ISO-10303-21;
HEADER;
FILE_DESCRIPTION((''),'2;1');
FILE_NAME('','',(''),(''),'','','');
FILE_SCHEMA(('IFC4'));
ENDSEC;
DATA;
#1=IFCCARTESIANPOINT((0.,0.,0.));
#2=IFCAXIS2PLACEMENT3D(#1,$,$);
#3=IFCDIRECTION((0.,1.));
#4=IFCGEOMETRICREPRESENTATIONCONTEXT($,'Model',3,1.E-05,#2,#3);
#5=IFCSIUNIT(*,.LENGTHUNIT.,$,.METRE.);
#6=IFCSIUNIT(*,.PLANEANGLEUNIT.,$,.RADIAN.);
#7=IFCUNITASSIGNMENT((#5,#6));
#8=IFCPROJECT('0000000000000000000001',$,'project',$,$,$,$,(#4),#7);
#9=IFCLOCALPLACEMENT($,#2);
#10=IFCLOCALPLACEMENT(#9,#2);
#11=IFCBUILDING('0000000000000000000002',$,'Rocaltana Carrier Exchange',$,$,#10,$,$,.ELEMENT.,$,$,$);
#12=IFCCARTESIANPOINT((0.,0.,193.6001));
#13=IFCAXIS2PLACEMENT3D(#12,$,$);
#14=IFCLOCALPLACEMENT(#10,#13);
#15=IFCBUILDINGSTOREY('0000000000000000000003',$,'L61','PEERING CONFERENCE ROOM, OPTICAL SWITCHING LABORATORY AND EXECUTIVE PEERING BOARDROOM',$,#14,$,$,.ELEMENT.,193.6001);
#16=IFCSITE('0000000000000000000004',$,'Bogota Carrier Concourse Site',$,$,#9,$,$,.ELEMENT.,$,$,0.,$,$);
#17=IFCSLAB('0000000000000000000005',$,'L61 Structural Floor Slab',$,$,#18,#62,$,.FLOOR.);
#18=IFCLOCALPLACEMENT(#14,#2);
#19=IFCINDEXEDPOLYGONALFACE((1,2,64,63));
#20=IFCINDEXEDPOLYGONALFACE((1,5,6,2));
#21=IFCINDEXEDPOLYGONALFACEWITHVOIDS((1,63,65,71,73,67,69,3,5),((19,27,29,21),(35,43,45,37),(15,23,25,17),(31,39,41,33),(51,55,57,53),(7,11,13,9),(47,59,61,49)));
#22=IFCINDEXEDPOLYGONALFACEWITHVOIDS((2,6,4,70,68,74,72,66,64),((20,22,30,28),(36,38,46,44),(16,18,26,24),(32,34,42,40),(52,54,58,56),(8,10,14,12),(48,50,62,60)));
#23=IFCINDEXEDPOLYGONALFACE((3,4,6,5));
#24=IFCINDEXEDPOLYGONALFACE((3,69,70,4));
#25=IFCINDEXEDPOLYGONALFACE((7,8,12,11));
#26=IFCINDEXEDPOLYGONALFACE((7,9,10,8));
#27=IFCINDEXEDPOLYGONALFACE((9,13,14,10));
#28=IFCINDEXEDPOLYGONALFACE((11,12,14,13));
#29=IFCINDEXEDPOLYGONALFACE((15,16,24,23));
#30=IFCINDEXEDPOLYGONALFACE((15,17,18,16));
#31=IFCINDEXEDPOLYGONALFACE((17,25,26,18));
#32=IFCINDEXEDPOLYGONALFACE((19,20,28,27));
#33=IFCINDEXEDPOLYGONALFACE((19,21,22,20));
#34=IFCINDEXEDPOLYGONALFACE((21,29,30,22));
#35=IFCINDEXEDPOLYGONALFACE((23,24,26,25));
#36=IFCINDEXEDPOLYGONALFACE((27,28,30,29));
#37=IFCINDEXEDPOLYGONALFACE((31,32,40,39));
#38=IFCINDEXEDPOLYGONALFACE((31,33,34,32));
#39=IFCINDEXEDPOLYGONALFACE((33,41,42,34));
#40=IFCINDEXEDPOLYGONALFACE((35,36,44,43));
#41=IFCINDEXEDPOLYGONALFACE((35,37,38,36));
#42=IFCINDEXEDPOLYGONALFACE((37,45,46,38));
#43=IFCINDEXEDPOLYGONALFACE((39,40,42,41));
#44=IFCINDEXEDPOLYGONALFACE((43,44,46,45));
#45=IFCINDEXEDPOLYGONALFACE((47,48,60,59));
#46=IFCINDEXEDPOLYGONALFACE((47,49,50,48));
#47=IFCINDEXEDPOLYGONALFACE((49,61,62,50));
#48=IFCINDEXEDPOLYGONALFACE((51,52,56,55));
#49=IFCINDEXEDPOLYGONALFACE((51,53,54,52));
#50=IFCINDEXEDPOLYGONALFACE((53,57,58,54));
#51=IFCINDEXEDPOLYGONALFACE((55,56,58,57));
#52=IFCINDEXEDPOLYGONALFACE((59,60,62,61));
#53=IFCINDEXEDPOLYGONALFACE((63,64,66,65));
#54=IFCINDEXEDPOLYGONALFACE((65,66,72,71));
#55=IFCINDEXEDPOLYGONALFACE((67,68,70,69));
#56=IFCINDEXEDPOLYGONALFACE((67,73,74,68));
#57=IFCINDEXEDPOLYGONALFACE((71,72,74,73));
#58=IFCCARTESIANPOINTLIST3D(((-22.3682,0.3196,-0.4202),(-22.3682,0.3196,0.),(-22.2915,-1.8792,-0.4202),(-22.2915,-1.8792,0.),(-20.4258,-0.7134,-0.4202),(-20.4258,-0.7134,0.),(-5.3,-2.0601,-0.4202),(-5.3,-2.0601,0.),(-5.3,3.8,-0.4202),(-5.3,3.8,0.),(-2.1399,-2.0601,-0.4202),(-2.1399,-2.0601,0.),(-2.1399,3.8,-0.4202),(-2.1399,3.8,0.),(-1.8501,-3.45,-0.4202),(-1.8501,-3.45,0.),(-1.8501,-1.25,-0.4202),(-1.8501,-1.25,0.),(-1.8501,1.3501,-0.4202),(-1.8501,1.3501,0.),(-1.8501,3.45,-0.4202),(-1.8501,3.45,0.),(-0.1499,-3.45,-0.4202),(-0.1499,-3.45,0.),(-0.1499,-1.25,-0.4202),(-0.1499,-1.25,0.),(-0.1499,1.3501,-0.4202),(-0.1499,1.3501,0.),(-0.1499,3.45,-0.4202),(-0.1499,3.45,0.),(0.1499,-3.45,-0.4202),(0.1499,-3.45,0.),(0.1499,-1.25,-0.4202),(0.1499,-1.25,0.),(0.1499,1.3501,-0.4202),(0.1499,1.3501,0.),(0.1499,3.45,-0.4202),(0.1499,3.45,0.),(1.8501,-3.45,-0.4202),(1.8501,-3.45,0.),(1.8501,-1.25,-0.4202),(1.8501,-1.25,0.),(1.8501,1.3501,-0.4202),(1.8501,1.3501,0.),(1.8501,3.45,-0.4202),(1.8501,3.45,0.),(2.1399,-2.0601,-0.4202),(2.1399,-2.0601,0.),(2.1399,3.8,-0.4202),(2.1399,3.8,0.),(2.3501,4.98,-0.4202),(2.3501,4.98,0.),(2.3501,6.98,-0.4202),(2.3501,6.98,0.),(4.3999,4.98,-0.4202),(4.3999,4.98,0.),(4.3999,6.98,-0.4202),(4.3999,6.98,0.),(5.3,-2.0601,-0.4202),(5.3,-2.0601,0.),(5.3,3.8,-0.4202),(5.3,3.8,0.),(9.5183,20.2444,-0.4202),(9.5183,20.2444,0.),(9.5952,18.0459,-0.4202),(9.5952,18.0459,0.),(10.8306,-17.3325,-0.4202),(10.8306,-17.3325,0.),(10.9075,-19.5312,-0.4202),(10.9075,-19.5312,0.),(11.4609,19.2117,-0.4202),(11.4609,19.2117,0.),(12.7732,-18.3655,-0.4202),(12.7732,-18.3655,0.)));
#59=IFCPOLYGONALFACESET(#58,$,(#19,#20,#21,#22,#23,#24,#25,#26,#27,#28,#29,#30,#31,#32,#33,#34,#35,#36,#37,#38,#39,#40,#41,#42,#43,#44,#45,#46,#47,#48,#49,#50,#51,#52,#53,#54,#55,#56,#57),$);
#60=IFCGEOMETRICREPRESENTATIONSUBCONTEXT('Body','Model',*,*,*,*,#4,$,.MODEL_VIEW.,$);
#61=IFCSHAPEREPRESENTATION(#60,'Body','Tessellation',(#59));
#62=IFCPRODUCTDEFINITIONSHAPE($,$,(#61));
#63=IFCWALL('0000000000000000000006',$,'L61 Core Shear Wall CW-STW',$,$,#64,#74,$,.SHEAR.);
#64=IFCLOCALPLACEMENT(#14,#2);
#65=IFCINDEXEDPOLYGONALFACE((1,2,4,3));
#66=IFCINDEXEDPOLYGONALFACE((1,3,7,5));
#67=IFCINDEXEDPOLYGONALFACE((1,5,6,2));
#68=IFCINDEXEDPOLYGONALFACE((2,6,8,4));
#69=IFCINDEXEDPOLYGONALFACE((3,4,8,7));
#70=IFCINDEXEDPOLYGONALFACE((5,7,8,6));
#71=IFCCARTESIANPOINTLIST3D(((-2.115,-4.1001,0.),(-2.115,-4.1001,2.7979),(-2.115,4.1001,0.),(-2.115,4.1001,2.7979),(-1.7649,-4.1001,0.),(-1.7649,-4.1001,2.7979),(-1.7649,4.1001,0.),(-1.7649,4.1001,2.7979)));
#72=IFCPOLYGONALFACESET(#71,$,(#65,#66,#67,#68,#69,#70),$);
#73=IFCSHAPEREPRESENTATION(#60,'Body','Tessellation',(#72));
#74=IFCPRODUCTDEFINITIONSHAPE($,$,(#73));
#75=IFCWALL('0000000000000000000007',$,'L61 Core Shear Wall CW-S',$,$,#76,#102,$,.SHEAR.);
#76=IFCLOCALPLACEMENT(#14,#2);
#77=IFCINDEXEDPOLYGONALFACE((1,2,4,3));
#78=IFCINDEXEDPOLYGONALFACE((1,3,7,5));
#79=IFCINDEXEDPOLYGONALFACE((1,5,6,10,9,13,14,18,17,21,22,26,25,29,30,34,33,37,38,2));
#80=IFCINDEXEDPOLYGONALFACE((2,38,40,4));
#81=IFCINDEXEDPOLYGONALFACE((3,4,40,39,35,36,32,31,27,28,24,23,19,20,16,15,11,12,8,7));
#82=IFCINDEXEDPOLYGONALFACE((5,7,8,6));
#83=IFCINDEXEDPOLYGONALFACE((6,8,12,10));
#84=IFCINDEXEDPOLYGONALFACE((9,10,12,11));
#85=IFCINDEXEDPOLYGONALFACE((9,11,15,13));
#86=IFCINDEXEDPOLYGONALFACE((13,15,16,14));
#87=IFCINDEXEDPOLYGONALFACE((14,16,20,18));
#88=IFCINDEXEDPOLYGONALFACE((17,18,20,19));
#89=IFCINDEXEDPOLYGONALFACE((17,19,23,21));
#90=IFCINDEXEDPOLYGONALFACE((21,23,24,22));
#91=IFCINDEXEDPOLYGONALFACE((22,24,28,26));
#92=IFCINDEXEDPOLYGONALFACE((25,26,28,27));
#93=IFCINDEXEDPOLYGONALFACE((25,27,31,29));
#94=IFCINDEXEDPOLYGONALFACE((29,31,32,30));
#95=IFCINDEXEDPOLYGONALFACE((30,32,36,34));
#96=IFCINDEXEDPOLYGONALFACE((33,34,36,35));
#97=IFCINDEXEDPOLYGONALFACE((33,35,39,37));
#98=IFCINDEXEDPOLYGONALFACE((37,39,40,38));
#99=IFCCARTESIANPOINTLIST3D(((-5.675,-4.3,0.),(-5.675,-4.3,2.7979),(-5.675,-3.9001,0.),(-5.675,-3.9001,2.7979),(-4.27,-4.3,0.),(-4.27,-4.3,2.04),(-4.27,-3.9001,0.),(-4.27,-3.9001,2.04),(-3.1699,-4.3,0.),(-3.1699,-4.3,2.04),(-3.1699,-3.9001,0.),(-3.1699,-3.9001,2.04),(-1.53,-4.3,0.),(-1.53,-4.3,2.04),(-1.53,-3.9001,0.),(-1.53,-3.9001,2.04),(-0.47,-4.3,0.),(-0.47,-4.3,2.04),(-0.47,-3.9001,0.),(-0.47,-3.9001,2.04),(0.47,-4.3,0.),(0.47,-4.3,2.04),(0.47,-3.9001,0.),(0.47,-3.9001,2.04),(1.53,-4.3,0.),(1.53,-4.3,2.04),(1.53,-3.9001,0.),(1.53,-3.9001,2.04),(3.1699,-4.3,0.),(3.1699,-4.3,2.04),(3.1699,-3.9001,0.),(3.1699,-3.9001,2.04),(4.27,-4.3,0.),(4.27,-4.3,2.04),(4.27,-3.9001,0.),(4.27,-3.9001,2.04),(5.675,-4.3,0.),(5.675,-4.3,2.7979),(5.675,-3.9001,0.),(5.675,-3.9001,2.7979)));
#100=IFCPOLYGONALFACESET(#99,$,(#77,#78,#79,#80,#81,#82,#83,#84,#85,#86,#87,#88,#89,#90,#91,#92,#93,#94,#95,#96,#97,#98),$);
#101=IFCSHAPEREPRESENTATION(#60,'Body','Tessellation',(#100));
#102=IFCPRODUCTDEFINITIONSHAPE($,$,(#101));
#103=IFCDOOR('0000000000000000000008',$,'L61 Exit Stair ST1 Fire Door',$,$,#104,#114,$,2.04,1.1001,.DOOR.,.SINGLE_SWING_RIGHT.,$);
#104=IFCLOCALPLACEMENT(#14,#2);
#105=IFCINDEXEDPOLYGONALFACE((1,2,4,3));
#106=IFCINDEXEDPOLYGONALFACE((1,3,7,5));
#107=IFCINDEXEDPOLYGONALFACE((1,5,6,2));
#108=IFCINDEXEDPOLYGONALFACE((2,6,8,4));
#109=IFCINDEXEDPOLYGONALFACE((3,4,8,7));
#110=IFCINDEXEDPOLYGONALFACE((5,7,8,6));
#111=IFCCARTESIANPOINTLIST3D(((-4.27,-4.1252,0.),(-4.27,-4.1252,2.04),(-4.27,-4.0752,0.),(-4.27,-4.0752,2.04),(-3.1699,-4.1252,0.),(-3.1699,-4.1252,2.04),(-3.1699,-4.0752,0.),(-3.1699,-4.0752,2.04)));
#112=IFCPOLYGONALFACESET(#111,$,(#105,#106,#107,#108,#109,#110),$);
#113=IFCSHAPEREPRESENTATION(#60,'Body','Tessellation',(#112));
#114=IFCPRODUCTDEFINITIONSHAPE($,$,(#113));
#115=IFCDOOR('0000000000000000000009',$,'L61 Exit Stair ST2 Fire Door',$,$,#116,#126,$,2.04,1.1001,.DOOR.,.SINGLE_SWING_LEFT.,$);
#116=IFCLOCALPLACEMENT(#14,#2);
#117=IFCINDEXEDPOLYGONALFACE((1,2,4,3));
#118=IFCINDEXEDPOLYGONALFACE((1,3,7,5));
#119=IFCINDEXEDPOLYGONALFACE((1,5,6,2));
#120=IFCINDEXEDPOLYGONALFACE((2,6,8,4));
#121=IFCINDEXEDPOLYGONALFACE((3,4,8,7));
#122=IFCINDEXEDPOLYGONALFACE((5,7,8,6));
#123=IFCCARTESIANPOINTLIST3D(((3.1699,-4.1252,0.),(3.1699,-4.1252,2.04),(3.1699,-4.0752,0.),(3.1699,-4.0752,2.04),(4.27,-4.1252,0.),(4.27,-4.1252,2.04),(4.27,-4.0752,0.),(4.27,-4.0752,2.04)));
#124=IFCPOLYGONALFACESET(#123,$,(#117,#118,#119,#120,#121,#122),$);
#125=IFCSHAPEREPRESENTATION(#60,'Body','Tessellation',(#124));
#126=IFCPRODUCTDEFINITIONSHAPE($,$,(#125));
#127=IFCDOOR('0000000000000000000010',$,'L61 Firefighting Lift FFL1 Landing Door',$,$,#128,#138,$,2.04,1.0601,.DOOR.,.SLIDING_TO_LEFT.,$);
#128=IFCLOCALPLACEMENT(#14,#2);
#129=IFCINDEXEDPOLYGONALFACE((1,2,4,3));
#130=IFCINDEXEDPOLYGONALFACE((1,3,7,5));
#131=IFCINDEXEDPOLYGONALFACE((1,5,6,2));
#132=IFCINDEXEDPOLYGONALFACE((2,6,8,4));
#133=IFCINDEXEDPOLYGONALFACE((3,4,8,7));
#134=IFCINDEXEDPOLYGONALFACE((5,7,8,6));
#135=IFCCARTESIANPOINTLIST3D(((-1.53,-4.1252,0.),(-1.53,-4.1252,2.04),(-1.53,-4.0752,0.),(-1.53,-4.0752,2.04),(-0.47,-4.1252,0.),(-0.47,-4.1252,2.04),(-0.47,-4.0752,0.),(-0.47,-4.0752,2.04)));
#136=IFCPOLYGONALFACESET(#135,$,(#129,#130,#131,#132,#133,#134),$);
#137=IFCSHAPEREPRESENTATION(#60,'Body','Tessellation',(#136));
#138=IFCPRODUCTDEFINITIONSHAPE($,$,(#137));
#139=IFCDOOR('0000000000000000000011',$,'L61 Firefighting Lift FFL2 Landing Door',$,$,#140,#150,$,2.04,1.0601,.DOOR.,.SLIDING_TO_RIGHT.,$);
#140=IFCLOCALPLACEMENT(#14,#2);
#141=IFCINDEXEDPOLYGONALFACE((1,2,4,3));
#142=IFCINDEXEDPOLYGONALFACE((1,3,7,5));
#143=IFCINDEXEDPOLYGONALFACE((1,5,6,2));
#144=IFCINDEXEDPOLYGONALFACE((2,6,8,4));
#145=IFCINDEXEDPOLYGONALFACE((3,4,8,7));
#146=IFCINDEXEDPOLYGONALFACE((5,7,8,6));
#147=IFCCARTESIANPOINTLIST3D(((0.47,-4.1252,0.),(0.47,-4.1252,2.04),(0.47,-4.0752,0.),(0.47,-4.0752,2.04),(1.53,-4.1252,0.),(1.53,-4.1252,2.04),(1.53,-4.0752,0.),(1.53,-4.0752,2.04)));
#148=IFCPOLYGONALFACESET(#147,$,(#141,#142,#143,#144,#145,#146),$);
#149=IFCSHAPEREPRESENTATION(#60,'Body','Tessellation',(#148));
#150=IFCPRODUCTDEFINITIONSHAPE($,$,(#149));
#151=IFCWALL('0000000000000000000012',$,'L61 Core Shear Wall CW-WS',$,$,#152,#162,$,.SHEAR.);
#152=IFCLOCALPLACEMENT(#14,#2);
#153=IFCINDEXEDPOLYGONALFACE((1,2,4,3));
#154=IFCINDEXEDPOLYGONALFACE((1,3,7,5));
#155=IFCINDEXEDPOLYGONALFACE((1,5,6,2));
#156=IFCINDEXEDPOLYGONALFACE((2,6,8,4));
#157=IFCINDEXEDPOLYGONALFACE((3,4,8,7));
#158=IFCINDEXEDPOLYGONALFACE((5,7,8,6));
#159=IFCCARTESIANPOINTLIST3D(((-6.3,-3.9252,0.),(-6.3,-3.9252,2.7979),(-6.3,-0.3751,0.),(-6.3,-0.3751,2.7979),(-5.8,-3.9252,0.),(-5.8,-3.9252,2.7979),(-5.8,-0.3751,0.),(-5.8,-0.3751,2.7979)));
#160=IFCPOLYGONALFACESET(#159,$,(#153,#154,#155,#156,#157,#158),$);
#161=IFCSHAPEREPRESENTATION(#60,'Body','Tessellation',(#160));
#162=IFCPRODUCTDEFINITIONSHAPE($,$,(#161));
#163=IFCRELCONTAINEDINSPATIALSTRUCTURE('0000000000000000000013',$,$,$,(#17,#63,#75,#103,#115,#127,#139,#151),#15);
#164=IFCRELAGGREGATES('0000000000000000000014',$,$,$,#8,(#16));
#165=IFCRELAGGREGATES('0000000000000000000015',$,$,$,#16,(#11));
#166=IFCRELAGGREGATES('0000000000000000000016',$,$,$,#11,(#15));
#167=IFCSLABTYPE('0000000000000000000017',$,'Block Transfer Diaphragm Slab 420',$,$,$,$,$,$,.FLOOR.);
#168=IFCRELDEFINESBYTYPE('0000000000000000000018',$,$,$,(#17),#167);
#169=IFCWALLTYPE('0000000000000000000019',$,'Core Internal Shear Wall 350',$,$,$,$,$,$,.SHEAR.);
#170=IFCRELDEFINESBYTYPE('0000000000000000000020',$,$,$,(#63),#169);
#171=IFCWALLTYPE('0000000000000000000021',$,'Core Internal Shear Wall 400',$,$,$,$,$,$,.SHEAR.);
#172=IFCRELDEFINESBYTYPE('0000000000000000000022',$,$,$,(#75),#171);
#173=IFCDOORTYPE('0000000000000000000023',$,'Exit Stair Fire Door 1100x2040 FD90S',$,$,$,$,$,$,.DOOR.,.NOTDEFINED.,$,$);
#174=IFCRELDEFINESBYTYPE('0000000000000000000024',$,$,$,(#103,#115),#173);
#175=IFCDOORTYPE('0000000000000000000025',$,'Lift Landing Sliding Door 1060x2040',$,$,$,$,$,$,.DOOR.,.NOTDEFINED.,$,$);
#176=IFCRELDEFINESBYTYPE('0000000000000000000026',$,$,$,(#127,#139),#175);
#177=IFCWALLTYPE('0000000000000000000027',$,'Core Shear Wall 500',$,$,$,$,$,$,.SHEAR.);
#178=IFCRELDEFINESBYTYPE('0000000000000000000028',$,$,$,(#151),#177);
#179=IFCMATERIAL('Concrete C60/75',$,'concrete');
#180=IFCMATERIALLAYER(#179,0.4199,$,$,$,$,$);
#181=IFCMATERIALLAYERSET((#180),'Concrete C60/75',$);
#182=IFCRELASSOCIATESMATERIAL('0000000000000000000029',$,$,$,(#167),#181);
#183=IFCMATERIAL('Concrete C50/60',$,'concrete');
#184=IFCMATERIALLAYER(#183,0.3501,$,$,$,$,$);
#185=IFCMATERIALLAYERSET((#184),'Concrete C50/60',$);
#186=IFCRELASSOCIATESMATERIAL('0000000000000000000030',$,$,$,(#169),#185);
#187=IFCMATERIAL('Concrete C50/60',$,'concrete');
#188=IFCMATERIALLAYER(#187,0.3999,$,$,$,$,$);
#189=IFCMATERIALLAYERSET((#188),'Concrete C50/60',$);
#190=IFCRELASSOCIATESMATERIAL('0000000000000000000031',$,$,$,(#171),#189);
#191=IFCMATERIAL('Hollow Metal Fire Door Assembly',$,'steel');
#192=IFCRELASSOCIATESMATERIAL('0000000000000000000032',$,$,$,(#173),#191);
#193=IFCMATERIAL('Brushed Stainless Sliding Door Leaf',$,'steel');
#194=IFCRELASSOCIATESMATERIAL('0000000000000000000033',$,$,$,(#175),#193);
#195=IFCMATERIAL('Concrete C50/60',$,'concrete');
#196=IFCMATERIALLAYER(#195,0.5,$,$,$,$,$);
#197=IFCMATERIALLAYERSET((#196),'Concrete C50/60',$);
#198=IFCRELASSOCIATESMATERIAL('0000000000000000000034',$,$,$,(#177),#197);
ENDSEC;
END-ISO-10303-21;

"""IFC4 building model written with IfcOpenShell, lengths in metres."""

from ifc_helpers import new_model, si_unit, direction, frame, frame_2d, origin, place, context, subcontext, project, spatial, polyline, rectangle, outline, extrude, material, layer, layer_set, type_object, element, fill, save


model = new_model("IFC4")

# Units and contexts
model_context = context("Model", 3, precision=1e-05, world=origin(), true_north=direction((0.0, 1.0)))
body_context = subcontext(model_context, "Body", "Model", "MODEL_VIEW")
ifc_project = project(units=[si_unit("LENGTHUNIT", "METRE"), si_unit("PLANEANGLEUNIT", "RADIAN")], contexts=[model_context])

# Site, building, storey
site_placement = place(None, origin())
site = spatial("IfcSite", under=ifc_project, at=site_placement, Name="Bogota Carrier Concourse Site", CompositionType="ELEMENT", RefElevation=0.0)
building_placement = place(site_placement, origin())
building = spatial("IfcBuilding", under=site, at=building_placement, Name="Rocaltana Carrier Exchange", CompositionType="ELEMENT")
storey_placement = place(building_placement, frame((0.0, 0.0, 193.6001)))
storey = spatial("IfcBuildingStorey", under=building, at=storey_placement, Name="L61", Description="PEERING CONFERENCE ROOM, OPTICAL SWITCHING LABORATORY AND EXECUTIVE PEERING BOARDROOM", CompositionType="ELEMENT", Elevation=193.6001)

# Slab
ifc_material_1 = material(Name="Concrete C60/75", Category="concrete")
ifc_layer_1 = layer(ifc_material_1, 0.4199)
ifc_layer_set_1 = layer_set([ifc_layer_1], Name="Concrete C60/75")
slab_type = type_object("IfcSlabType", Name="Block Transfer Diaphragm Slab 420", PredefinedType="FLOOR", material=ifc_layer_set_1)
slab_placement = place(storey_placement, frame((0.0, 0.0, -0.4202)))
element("IfcSlab", 1, at=slab_placement, inside=storey, type_object=slab_type, Name="L61 Structural Floor Slab", PredefinedType="FLOOR", context=body_context, shape_type="SweptSolid", body=[
    extrude(outline(polyline([(10.9075, -19.5312), (10.8306, -17.3325), (12.7732, -18.3655), (11.4609, 19.2117), (9.5952, 18.0459), (9.5183, 20.2444), (-22.3682, 0.3196), (-20.4258, -0.7134), (-22.2915, -1.8792), (10.9075, -19.5312)]), holes=[polyline([(-5.3, -2.0601), (-2.1399, -2.0601), (-2.1399, 3.8), (-5.3, 3.8), (-5.3, -2.0601)]), polyline([(2.1399, -2.0601), (5.3, -2.0601), (5.3, 3.8), (2.1399, 3.8), (2.1399, -2.0601)]), polyline([(-1.8501, -3.45), (-0.1499, -3.45), (-0.1499, -1.25), (-1.8501, -1.25), (-1.8501, -3.45)]), polyline([(0.1499, -3.45), (1.8501, -3.45), (1.8501, -1.25), (0.1499, -1.25), (0.1499, -3.45)]), polyline([(2.3501, 4.98), (4.3999, 4.98), (4.3999, 6.98), (2.3501, 6.98), (2.3501, 4.98)]), polyline([(-1.8501, 1.3501), (-0.1499, 1.3501), (-0.1499, 3.45), (-1.8501, 3.45), (-1.8501, 1.3501)]), polyline([(0.1499, 1.3501), (1.8501, 1.3501), (1.8501, 3.45), (0.1499, 3.45), (0.1499, 1.3501)])]), origin(), (0.0, 0.0, 1.0), 0.4202),
])

# Wall
ifc_material_2 = material(Name="Concrete C50/60", Category="concrete")
ifc_layer_2 = layer(ifc_material_2, 0.3501)
ifc_layer_set_2 = layer_set([ifc_layer_2], Name="Concrete C50/60")
wall_type_1 = type_object("IfcWallType", Name="Core Internal Shear Wall 350", PredefinedType="SHEAR", material=ifc_layer_set_2)
wall_1_placement = place(storey_placement, frame((-1.9399, -4.1001, 0.0), z_axis=(0.0, 0.0, 1.0), x_axis=(0.0, 1.0, 0.0)))
element("IfcWall", 2, at=wall_1_placement, inside=storey, type_object=wall_type_1, Name="L61 Core Shear Wall CW-STW", PredefinedType="SHEAR", context=body_context, shape_type="SweptSolid", body=[
    extrude(rectangle(XDim=8.2002, YDim=0.3501, at=frame_2d((4.1001, 0.0))), origin(), (0.0, 0.0, 1.0), 2.7979),
])

# Wall, openings, doors
ifc_material_3 = material(Name="Concrete C50/60", Category="concrete")
ifc_layer_3 = layer(ifc_material_3, 0.3999)
ifc_layer_set_3 = layer_set([ifc_layer_3], Name="Concrete C50/60")
wall_type_2 = type_object("IfcWallType", Name="Core Internal Shear Wall 400", PredefinedType="SHEAR", material=ifc_layer_set_3)
wall_2_placement = place(storey_placement, frame((-5.675, -4.1001, 0.0), z_axis=(0.0, 0.0, 1.0), x_axis=(1.0, 0.0, 0.0)))
wall_2 = element("IfcWall", 3, at=wall_2_placement, inside=storey, type_object=wall_type_2, Name="L61 Core Shear Wall CW-S", PredefinedType="SHEAR", context=body_context, shape_type="SweptSolid", body=[
    extrude(rectangle(XDim=11.3501, YDim=0.3999, at=frame_2d((5.675, 0.0))), origin(), (0.0, 0.0, 1.0), 2.7979),
])
opening_1_placement = place(wall_2_placement, frame((1.405, 0.0, 0.0)))
opening_1 = element("IfcOpeningElement", 4, at=opening_1_placement, cuts=wall_2, PredefinedType="OPENING", context=body_context, shape_type="SweptSolid", body=[
    extrude(rectangle(XDim=1.1001, YDim=2.04, at=frame_2d((0.55, 1.02))), frame((0.0, 0.21, 0.0), z_axis=(0.0, -1.0, 0.0), x_axis=(1.0, 0.0, 0.0)), (0.0, 0.0, 1.0), 0.4199),
])
opening_2_placement = place(wall_2_placement, frame((8.845, 0.0, 0.0)))
opening_2 = element("IfcOpeningElement", 5, at=opening_2_placement, cuts=wall_2, PredefinedType="OPENING", context=body_context, shape_type="SweptSolid", body=[
    extrude(rectangle(XDim=1.1001, YDim=2.04, at=frame_2d((0.55, 1.02))), frame((0.0, 0.21, 0.0), z_axis=(0.0, -1.0, 0.0), x_axis=(1.0, 0.0, 0.0)), (0.0, 0.0, 1.0), 0.4199),
])
opening_3_placement = place(wall_2_placement, frame((4.145, 0.0, 0.0)))
opening_3 = element("IfcOpeningElement", 6, at=opening_3_placement, cuts=wall_2, PredefinedType="OPENING", context=body_context, shape_type="SweptSolid", body=[
    extrude(rectangle(XDim=1.0601, YDim=2.04, at=frame_2d((0.53, 1.02))), frame((0.0, 0.21, 0.0), z_axis=(0.0, -1.0, 0.0), x_axis=(1.0, 0.0, 0.0)), (0.0, 0.0, 1.0), 0.4199),
])
opening_4_placement = place(wall_2_placement, frame((6.145, 0.0, 0.0)))
opening_4 = element("IfcOpeningElement", 7, at=opening_4_placement, cuts=wall_2, PredefinedType="OPENING", context=body_context, shape_type="SweptSolid", body=[
    extrude(rectangle(XDim=1.0601, YDim=2.04, at=frame_2d((0.53, 1.02))), frame((0.0, 0.21, 0.0), z_axis=(0.0, -1.0, 0.0), x_axis=(1.0, 0.0, 0.0)), (0.0, 0.0, 1.0), 0.4199),
])
ifc_material_4 = material(Name="Hollow Metal Fire Door Assembly", Category="steel")
door_type_1 = type_object("IfcDoorType", Name="Exit Stair Fire Door 1100x2040 FD90S", OperationType="NOTDEFINED", PredefinedType="DOOR", material=ifc_material_4)
door_1_placement = place(opening_1_placement, origin())
door_1 = element("IfcDoor", 8, at=door_1_placement, inside=storey, type_object=door_type_1, Name="L61 Exit Stair ST1 Fire Door", OperationType="SINGLE_SWING_RIGHT", OverallHeight=2.04, OverallWidth=1.1001, PredefinedType="DOOR", context=body_context, shape_type="SweptSolid", body=[
    extrude(rectangle(XDim=1.1001, YDim=2.04, at=frame_2d((0.55, 1.02))), frame((0.0, 0.0249, 0.0), z_axis=(0.0, -1.0, 0.0), x_axis=(1.0, 0.0, 0.0)), (0.0, 0.0, 1.0), 0.05),
])
fill(opening_1, door_1)
door_2_placement = place(opening_2_placement, origin())
door_2 = element("IfcDoor", 9, at=door_2_placement, inside=storey, type_object=door_type_1, Name="L61 Exit Stair ST2 Fire Door", OperationType="SINGLE_SWING_LEFT", OverallHeight=2.04, OverallWidth=1.1001, PredefinedType="DOOR", context=body_context, shape_type="SweptSolid", body=[
    extrude(rectangle(XDim=1.1001, YDim=2.04, at=frame_2d((0.55, 1.02))), frame((0.0, 0.0249, 0.0), z_axis=(0.0, -1.0, 0.0), x_axis=(1.0, 0.0, 0.0)), (0.0, 0.0, 1.0), 0.05),
])
fill(opening_2, door_2)
ifc_material_5 = material(Name="Brushed Stainless Sliding Door Leaf", Category="steel")
door_type_2 = type_object("IfcDoorType", Name="Lift Landing Sliding Door 1060x2040", OperationType="NOTDEFINED", PredefinedType="DOOR", material=ifc_material_5)
door_3_placement = place(opening_3_placement, origin())
door_3 = element("IfcDoor", 10, at=door_3_placement, inside=storey, type_object=door_type_2, Name="L61 Firefighting Lift FFL1 Landing Door", OperationType="SLIDING_TO_LEFT", OverallHeight=2.04, OverallWidth=1.0601, PredefinedType="DOOR", context=body_context, shape_type="SweptSolid", body=[
    extrude(rectangle(XDim=1.0601, YDim=2.04, at=frame_2d((0.53, 1.02))), frame((0.0, 0.0249, 0.0), z_axis=(0.0, -1.0, 0.0), x_axis=(1.0, 0.0, 0.0)), (0.0, 0.0, 1.0), 0.05),
])
fill(opening_3, door_3)
door_4_placement = place(opening_4_placement, origin())
door_4 = element("IfcDoor", 11, at=door_4_placement, inside=storey, type_object=door_type_2, Name="L61 Firefighting Lift FFL2 Landing Door", OperationType="SLIDING_TO_RIGHT", OverallHeight=2.04, OverallWidth=1.0601, PredefinedType="DOOR", context=body_context, shape_type="SweptSolid", body=[
    extrude(rectangle(XDim=1.0601, YDim=2.04, at=frame_2d((0.53, 1.02))), frame((0.0, 0.0249, 0.0), z_axis=(0.0, -1.0, 0.0), x_axis=(1.0, 0.0, 0.0)), (0.0, 0.0, 1.0), 0.05),
])
fill(opening_4, door_4)

# Wall
ifc_material_6 = material(Name="Concrete C50/60", Category="concrete")
ifc_layer_4 = layer(ifc_material_6, 0.5)
ifc_layer_set_4 = layer_set([ifc_layer_4], Name="Concrete C50/60")
wall_type_3 = type_object("IfcWallType", Name="Core Shear Wall 500", PredefinedType="SHEAR", material=ifc_layer_set_4)
wall_3_placement = place(storey_placement, frame((-6.05, -3.925, 0.0), z_axis=(0.0, 0.0, 1.0), x_axis=(0.0, 1.0, 0.0)))
element("IfcWall", 12, at=wall_3_placement, inside=storey, type_object=wall_type_3, Name="L61 Core Shear Wall CW-WS", PredefinedType="SHEAR", context=body_context, shape_type="SweptSolid", body=[
    extrude(rectangle(XDim=3.55, YDim=0.5, at=frame_2d((1.7749, 0.0))), origin(), (0.0, 0.0, 1.0), 2.7979),
])

save(model, "model.ifc")
